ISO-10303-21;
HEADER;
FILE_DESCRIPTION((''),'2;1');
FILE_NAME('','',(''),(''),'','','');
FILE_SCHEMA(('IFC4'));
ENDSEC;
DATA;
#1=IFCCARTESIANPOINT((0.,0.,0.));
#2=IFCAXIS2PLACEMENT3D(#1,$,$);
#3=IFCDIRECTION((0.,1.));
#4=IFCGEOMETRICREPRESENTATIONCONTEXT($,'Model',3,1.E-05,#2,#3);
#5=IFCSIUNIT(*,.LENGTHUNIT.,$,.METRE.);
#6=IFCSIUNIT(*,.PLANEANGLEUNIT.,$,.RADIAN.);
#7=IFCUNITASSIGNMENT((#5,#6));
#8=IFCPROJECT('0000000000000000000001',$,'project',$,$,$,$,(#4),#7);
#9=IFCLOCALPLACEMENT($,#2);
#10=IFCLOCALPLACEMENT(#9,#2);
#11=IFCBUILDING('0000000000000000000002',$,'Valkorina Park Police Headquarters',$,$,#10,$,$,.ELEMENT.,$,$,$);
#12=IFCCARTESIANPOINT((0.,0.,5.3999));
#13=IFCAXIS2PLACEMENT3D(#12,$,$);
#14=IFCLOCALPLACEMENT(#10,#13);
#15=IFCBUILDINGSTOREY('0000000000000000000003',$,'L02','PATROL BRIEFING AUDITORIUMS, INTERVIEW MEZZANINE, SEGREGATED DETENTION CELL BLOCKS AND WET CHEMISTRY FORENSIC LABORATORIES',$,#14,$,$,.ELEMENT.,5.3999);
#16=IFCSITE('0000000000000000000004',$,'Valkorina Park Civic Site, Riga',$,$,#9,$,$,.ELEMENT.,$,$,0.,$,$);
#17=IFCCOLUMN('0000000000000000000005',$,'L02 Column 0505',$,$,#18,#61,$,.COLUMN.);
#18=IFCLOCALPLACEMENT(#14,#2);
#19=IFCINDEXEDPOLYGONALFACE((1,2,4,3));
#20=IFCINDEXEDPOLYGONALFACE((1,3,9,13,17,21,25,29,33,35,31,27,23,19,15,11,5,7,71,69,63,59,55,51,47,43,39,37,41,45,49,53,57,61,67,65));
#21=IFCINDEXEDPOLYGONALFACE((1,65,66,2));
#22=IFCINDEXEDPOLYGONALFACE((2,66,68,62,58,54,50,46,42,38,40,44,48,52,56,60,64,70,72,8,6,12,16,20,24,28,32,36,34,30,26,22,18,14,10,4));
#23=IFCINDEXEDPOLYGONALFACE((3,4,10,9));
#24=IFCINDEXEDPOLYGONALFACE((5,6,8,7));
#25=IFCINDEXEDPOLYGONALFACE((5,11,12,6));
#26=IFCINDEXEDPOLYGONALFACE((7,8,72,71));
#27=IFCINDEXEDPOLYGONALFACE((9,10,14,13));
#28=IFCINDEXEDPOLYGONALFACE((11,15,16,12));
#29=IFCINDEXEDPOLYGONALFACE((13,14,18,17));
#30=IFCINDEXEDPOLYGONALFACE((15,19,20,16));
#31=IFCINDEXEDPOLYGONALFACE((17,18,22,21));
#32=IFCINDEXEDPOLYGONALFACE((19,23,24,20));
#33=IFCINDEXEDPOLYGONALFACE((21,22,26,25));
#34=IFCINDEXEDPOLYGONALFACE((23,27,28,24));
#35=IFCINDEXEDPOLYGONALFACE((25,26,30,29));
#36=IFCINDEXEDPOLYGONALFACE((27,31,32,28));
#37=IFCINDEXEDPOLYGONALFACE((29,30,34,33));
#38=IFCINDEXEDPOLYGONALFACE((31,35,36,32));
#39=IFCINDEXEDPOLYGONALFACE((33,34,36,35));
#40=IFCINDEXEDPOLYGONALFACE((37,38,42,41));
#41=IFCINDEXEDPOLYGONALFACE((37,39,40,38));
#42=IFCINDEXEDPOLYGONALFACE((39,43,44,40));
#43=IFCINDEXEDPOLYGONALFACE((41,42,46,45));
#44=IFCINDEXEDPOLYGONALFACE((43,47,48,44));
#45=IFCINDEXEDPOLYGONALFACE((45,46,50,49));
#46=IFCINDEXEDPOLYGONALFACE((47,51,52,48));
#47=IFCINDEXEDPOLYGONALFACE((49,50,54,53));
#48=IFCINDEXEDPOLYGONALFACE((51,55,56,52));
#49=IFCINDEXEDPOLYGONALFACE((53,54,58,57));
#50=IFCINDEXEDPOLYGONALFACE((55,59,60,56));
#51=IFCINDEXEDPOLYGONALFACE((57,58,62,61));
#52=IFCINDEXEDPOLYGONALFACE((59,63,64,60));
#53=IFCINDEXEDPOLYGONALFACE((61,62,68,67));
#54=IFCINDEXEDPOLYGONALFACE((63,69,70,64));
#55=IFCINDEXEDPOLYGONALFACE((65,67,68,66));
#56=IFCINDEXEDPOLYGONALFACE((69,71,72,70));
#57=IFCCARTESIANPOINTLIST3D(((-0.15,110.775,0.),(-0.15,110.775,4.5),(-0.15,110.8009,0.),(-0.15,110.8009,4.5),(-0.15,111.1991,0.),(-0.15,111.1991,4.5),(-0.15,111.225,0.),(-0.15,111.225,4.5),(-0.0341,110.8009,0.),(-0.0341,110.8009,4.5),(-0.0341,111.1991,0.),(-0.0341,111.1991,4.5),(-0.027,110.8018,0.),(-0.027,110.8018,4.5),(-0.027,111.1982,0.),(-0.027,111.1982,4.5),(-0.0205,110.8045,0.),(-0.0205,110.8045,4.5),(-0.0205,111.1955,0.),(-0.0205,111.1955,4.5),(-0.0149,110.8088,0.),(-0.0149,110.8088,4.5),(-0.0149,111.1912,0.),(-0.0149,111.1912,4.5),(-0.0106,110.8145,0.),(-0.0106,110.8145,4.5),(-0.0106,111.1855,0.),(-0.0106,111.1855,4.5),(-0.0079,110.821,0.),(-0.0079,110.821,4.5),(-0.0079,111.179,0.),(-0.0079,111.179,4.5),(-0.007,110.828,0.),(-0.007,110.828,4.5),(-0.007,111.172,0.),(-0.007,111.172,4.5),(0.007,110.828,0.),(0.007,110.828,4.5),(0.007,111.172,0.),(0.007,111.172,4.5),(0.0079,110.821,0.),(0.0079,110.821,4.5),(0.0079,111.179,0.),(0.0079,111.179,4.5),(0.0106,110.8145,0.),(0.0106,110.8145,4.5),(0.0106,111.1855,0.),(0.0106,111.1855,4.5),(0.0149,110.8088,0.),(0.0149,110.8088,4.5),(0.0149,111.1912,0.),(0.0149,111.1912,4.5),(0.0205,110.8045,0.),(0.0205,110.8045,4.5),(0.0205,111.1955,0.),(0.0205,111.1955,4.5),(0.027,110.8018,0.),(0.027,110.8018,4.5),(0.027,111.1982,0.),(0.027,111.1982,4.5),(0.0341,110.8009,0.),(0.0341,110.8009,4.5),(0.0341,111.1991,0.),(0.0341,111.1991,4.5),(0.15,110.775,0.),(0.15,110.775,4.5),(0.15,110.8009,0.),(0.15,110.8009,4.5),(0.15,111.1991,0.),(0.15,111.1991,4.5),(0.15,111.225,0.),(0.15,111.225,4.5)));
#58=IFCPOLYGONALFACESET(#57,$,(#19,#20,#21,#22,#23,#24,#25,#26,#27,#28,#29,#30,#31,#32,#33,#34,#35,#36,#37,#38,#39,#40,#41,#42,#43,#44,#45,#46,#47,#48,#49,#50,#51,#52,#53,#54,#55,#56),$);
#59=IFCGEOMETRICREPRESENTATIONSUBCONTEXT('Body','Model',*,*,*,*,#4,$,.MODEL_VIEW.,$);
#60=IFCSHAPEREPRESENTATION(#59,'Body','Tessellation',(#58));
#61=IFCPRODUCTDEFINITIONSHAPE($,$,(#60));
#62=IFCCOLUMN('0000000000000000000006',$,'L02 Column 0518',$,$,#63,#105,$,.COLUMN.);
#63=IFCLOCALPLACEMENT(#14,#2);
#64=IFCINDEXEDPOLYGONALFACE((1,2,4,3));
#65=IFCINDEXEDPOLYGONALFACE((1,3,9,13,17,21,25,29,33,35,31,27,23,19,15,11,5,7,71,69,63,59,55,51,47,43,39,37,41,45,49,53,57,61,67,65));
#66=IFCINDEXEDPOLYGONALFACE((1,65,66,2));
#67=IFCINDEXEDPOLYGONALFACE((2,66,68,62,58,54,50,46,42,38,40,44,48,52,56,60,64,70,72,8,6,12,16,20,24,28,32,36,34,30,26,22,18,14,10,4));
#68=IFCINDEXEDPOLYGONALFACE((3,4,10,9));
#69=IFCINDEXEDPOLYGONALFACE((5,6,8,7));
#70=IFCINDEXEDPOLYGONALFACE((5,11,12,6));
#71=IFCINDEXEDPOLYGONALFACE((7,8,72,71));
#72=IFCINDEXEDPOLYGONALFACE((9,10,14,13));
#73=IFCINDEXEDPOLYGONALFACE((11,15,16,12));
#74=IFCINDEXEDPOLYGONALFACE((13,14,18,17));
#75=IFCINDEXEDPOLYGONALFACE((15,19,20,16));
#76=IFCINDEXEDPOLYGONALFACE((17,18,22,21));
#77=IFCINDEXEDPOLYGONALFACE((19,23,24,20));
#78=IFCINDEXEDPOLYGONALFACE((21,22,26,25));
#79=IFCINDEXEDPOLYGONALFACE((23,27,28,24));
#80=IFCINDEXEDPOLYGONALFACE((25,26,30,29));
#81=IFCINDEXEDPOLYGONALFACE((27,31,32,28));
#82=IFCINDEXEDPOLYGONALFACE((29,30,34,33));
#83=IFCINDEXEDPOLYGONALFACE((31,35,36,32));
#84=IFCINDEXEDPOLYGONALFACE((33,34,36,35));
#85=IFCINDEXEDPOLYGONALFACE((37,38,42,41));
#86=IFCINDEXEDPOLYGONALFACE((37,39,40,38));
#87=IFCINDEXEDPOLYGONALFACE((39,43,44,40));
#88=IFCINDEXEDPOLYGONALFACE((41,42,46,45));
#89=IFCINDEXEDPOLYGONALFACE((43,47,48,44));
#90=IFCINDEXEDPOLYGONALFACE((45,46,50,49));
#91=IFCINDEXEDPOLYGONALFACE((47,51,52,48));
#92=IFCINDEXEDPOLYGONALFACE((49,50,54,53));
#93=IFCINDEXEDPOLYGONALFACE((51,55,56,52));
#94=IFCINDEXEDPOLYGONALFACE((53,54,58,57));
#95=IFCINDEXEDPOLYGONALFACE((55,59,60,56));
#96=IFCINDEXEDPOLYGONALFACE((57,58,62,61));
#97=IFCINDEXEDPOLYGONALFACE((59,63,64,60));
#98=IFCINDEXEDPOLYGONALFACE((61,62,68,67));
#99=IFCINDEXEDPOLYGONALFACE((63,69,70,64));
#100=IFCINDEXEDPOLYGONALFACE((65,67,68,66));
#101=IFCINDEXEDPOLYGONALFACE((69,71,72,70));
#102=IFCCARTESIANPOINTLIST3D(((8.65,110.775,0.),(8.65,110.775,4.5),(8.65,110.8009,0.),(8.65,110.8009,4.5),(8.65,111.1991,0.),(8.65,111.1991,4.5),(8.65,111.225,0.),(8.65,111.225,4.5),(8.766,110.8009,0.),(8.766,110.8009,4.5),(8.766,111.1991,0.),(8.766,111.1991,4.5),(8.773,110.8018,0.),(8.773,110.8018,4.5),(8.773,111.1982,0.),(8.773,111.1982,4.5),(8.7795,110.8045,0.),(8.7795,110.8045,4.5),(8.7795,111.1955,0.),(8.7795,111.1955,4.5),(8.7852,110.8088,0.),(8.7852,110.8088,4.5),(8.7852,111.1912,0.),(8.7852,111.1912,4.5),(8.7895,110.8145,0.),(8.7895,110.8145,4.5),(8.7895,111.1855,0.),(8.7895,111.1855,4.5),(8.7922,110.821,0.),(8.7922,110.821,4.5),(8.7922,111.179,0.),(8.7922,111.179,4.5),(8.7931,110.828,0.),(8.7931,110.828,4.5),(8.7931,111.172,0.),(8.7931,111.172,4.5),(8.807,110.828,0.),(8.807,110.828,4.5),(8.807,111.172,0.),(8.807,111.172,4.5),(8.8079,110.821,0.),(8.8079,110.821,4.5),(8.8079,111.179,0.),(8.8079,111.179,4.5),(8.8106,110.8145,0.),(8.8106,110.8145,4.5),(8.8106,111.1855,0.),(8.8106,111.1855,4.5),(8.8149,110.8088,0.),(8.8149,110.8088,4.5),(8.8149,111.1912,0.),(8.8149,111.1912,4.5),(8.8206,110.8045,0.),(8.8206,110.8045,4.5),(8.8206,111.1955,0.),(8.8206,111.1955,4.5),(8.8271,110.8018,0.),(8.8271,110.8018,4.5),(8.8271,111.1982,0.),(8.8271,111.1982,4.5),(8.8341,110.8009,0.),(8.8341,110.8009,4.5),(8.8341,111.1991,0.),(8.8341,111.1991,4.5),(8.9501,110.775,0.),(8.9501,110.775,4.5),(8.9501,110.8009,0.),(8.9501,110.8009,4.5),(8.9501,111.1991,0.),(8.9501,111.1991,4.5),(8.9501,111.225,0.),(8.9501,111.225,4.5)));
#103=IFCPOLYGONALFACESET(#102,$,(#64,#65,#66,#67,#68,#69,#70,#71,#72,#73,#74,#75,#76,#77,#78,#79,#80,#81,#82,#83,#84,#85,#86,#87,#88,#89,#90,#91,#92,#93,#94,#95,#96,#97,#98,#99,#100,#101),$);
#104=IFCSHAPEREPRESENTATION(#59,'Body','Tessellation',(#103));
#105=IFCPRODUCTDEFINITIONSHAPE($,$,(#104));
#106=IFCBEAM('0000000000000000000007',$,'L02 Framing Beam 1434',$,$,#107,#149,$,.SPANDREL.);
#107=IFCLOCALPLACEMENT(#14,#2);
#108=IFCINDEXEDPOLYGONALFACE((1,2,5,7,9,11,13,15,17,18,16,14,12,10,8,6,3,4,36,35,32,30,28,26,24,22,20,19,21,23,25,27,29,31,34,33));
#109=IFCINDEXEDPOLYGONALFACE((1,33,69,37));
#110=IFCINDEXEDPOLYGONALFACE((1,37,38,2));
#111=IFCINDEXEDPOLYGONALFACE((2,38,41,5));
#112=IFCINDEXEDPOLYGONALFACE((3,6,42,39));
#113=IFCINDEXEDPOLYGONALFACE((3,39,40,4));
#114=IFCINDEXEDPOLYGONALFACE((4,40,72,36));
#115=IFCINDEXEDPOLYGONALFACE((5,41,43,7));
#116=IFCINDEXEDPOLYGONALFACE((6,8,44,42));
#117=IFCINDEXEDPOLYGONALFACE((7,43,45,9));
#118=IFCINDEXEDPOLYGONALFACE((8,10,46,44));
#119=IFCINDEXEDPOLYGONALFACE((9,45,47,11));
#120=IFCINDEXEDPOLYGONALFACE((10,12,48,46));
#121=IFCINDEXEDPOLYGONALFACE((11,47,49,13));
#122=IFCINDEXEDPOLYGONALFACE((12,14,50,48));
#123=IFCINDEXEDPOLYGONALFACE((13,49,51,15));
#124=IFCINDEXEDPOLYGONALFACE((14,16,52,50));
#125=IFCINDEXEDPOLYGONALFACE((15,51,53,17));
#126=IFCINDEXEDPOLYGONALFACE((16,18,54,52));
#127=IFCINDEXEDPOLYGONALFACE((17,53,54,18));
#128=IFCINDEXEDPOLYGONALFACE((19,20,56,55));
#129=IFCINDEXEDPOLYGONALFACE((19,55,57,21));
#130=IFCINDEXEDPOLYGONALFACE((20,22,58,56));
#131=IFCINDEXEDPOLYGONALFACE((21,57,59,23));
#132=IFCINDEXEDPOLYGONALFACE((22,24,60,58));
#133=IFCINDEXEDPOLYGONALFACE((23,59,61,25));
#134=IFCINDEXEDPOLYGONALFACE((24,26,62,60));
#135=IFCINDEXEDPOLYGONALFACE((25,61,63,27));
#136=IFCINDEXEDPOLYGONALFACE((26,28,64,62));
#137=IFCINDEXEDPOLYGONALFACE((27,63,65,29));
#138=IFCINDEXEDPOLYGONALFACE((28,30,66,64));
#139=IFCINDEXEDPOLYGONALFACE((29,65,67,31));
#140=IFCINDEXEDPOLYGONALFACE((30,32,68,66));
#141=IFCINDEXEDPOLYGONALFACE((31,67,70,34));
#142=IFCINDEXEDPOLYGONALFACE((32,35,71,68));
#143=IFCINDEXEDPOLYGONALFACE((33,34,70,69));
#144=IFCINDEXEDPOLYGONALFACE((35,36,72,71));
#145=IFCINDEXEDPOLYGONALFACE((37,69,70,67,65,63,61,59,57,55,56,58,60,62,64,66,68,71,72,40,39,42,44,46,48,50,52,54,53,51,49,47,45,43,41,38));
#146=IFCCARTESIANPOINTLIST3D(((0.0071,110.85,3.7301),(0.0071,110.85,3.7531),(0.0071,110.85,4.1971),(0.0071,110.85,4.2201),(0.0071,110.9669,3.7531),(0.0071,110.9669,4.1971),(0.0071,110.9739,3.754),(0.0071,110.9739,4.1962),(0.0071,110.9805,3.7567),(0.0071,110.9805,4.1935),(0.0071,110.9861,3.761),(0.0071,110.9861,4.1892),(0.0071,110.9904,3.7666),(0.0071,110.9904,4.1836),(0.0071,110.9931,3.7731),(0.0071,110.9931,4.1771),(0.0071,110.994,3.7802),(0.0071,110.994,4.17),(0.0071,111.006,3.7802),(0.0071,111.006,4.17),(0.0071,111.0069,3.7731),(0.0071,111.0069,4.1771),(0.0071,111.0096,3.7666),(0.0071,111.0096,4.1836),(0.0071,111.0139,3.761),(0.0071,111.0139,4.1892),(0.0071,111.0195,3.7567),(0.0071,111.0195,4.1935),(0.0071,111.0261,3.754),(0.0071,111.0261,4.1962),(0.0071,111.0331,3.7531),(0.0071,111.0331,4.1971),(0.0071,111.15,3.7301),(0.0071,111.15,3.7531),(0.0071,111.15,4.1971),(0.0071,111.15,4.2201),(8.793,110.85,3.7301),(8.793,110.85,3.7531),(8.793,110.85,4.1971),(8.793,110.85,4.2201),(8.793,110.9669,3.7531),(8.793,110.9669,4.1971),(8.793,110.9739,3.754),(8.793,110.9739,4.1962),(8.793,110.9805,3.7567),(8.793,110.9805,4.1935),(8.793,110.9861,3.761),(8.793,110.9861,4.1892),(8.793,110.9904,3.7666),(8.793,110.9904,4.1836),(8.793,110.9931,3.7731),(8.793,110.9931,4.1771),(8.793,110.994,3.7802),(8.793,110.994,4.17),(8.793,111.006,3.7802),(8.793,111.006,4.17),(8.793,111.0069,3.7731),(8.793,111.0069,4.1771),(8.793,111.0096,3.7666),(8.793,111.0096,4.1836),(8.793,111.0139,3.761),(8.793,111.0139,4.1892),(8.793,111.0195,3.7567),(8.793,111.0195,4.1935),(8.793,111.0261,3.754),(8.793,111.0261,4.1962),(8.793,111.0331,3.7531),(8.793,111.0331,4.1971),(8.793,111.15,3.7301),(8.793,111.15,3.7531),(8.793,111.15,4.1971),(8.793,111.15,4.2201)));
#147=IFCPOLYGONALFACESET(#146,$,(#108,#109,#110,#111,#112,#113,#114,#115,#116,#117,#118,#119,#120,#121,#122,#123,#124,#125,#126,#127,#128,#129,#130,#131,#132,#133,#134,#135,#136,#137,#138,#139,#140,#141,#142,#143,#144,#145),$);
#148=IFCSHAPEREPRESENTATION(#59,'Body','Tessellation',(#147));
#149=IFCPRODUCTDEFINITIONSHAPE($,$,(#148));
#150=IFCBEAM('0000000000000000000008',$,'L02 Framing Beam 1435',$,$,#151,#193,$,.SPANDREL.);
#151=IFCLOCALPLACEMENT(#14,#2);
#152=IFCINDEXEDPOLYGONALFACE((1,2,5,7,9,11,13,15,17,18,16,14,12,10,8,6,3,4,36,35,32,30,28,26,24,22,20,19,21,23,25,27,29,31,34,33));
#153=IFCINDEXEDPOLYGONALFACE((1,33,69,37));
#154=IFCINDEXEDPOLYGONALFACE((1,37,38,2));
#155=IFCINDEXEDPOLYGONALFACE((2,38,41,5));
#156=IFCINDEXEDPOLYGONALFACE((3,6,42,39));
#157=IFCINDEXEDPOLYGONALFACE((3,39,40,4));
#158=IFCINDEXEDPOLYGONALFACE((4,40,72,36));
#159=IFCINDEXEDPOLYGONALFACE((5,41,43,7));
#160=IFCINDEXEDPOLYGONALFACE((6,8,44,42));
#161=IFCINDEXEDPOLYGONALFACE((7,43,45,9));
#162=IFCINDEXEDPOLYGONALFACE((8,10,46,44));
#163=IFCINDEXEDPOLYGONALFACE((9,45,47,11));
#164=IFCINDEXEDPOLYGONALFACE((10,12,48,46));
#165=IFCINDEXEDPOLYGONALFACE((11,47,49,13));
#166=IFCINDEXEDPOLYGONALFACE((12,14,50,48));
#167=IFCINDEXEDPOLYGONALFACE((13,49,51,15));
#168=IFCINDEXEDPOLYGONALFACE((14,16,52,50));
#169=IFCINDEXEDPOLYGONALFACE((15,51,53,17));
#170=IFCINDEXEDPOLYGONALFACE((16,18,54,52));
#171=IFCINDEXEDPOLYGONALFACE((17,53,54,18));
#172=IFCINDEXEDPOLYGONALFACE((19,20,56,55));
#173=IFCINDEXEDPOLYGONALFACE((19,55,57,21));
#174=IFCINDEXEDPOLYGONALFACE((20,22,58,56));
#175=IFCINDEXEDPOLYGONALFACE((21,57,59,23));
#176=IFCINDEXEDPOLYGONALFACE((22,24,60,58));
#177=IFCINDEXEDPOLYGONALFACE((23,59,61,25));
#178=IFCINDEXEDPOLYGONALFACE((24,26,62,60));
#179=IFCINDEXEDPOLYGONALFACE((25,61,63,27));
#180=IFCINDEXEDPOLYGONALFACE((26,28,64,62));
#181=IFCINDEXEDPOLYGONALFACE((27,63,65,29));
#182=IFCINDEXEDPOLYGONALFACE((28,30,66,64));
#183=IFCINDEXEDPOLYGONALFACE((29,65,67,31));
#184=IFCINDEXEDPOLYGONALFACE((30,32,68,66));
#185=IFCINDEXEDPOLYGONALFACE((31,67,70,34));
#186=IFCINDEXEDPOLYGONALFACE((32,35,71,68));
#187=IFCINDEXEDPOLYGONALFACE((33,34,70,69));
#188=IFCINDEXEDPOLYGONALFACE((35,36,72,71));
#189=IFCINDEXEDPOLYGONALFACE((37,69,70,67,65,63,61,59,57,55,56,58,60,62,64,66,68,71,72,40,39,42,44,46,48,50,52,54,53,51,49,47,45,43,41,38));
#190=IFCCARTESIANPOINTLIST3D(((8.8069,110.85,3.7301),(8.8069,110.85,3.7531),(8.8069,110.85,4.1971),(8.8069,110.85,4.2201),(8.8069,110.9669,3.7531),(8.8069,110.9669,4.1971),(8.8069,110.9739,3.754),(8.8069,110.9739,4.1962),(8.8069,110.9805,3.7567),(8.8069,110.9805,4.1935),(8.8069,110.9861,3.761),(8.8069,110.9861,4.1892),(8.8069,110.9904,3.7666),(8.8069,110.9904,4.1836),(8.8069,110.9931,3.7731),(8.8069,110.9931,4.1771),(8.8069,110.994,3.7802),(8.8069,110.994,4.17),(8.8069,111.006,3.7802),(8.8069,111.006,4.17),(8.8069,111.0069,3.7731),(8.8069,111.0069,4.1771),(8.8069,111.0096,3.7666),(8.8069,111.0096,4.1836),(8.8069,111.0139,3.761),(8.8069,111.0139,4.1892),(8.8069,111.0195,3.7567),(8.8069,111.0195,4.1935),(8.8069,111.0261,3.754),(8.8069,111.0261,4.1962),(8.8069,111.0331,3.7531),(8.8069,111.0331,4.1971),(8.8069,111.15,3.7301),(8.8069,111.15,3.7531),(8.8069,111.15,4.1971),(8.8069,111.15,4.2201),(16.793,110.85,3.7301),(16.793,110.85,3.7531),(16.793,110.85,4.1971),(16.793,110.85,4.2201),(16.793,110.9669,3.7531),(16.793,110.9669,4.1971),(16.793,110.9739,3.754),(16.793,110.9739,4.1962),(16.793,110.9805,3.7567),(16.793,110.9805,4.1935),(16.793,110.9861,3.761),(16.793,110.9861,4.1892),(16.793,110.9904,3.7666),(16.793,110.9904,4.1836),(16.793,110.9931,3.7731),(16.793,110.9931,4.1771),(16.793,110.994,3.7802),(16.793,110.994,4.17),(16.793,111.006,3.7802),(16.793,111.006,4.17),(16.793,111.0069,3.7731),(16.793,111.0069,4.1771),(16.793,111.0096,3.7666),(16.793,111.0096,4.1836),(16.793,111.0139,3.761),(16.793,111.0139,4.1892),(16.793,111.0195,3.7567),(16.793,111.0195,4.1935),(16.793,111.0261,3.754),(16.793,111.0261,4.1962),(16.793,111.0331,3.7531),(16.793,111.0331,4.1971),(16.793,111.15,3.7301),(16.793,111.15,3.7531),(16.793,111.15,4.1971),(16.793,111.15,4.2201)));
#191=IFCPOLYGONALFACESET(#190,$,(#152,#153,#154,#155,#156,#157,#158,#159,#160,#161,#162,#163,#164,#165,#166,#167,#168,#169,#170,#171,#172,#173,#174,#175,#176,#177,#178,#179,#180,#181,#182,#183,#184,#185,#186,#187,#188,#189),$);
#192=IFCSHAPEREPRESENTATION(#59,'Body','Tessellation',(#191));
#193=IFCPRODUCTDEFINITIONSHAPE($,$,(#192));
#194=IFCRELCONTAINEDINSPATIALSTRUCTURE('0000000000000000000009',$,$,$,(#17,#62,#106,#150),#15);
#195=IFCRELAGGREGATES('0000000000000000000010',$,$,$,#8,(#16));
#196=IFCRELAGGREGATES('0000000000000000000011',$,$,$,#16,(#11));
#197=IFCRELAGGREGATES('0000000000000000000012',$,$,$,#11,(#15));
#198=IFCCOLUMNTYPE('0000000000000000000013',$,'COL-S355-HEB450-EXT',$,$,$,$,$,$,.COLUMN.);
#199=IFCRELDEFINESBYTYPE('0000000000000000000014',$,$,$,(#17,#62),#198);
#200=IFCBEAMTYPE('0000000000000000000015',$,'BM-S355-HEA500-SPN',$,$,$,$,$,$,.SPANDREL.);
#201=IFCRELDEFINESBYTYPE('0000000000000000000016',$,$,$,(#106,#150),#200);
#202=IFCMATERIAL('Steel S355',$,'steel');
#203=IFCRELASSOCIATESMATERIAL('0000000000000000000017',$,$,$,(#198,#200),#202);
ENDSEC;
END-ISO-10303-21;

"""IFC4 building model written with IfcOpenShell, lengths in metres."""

from ifc_helpers import new_model, si_unit, direction, frame, origin, origin_2d, place, context, subcontext, project, spatial, i_section, extrude, material, material_profile, profile_set, type_object, element, save


model = new_model("IFC4")

# Units and contexts
model_context = context("Model", 3, precision=1e-05, world=origin(), true_north=direction((0.0, 1.0)))
body_context = subcontext(model_context, "Body", "Model", "MODEL_VIEW")
ifc_project = project(units=[si_unit("LENGTHUNIT", "METRE"), si_unit("PLANEANGLEUNIT", "RADIAN")], contexts=[model_context])

# Site, building, storey
site_placement = place(None, origin())
site = spatial("IfcSite", under=ifc_project, at=site_placement, Name="Valkorina Park Civic Site, Riga", CompositionType="ELEMENT", RefElevation=0.0)
building_placement = place(site_placement, origin())
building = spatial("IfcBuilding", under=site, at=building_placement, Name="Valkorina Park Police Headquarters", CompositionType="ELEMENT")
storey_placement = place(building_placement, frame((0.0, 0.0, 5.3999)))
storey = spatial("IfcBuildingStorey", under=building, at=storey_placement, Name="L02", Description="PATROL BRIEFING AUDITORIUMS, INTERVIEW MEZZANINE, SEGREGATED DETENTION CELL BLOCKS AND WET CHEMISTRY FORENSIC LABORATORIES", CompositionType="ELEMENT", Elevation=5.3999)

# Columns
ifc_material_1 = material(Name="Steel S355", Category="steel")
ifc_material_profile_1 = material_profile(ifc_material_1, i_section(OverallWidth=0.3, OverallDepth=0.45, WebThickness=0.0139, FlangeThickness=0.0259, FilletRadius=0.0271, at=origin_2d()), Name="HEB 450")
ifc_profile_set_1 = profile_set([ifc_material_profile_1], Name="Steel S355")
column_type = type_object("IfcColumnType", Name="COL-S355-HEB450-EXT", PredefinedType="COLUMN", material=ifc_profile_set_1)
for number, where, z_axis, x_axis, name in (
    (1, (0.0, 111.0, 0.0), (0.0, 0.0, 1.0), (1.0, 0.0, 0.0), "L02 Column 0505"),
    (2, (8.8, 111.0, 0.0), (0.0, 0.0, 1.0), (1.0, 0.0, 0.0), "L02 Column 0518"),
):
    element("IfcColumn", number, at=place(storey_placement, frame(where, z_axis=z_axis, x_axis=x_axis)), inside=storey, type_object=column_type, Name=name, PredefinedType="COLUMN", context=body_context, shape_type="SweptSolid", body=[
        extrude(i_section(OverallWidth=0.3, OverallDepth=0.45, WebThickness=0.0139, FlangeThickness=0.0259, FilletRadius=0.0271, at=origin_2d()), origin(), (0.0, 0.0, 1.0), 4.5),
    ])

# Beams
ifc_material_profile_2 = material_profile(ifc_material_1, i_section(OverallWidth=0.3, OverallDepth=0.49, WebThickness=0.012, FlangeThickness=0.0229, FilletRadius=0.0271, at=origin_2d()), Name="HEA 500")
ifc_profile_set_2 = profile_set([ifc_material_profile_2], Name="Steel S355")
beam_type = type_object("IfcBeamType", Name="BM-S355-HEA500-SPN", PredefinedType="SPANDREL", material=ifc_profile_set_2)
beam_1_placement = place(storey_placement, frame((0.0071, 111.0, 3.9751), z_axis=(1.0, 0.0, 0.0), x_axis=(0.0, 1.0, 0.0)))
element("IfcBeam", 3, at=beam_1_placement, inside=storey, type_object=beam_type, Name="L02 Framing Beam 1434", PredefinedType="SPANDREL", context=body_context, shape_type="SweptSolid", body=[
    extrude(i_section(OverallWidth=0.3, OverallDepth=0.49, WebThickness=0.012, FlangeThickness=0.0229, FilletRadius=0.0271, at=origin_2d()), origin(), (0.0, 0.0, 1.0), 8.7859),
])
beam_2_placement = place(storey_placement, frame((8.8069, 111.0, 3.9751), z_axis=(1.0, 0.0, 0.0), x_axis=(0.0, 1.0, 0.0)))
element("IfcBeam", 4, at=beam_2_placement, inside=storey, type_object=beam_type, Name="L02 Framing Beam 1435", PredefinedType="SPANDREL", context=body_context, shape_type="SweptSolid", body=[
    extrude(i_section(OverallWidth=0.3, OverallDepth=0.49, WebThickness=0.012, FlangeThickness=0.0229, FilletRadius=0.0271, at=origin_2d()), origin(), (0.0, 0.0, 1.0), 7.9861),
])

save(model, "model.ifc")
